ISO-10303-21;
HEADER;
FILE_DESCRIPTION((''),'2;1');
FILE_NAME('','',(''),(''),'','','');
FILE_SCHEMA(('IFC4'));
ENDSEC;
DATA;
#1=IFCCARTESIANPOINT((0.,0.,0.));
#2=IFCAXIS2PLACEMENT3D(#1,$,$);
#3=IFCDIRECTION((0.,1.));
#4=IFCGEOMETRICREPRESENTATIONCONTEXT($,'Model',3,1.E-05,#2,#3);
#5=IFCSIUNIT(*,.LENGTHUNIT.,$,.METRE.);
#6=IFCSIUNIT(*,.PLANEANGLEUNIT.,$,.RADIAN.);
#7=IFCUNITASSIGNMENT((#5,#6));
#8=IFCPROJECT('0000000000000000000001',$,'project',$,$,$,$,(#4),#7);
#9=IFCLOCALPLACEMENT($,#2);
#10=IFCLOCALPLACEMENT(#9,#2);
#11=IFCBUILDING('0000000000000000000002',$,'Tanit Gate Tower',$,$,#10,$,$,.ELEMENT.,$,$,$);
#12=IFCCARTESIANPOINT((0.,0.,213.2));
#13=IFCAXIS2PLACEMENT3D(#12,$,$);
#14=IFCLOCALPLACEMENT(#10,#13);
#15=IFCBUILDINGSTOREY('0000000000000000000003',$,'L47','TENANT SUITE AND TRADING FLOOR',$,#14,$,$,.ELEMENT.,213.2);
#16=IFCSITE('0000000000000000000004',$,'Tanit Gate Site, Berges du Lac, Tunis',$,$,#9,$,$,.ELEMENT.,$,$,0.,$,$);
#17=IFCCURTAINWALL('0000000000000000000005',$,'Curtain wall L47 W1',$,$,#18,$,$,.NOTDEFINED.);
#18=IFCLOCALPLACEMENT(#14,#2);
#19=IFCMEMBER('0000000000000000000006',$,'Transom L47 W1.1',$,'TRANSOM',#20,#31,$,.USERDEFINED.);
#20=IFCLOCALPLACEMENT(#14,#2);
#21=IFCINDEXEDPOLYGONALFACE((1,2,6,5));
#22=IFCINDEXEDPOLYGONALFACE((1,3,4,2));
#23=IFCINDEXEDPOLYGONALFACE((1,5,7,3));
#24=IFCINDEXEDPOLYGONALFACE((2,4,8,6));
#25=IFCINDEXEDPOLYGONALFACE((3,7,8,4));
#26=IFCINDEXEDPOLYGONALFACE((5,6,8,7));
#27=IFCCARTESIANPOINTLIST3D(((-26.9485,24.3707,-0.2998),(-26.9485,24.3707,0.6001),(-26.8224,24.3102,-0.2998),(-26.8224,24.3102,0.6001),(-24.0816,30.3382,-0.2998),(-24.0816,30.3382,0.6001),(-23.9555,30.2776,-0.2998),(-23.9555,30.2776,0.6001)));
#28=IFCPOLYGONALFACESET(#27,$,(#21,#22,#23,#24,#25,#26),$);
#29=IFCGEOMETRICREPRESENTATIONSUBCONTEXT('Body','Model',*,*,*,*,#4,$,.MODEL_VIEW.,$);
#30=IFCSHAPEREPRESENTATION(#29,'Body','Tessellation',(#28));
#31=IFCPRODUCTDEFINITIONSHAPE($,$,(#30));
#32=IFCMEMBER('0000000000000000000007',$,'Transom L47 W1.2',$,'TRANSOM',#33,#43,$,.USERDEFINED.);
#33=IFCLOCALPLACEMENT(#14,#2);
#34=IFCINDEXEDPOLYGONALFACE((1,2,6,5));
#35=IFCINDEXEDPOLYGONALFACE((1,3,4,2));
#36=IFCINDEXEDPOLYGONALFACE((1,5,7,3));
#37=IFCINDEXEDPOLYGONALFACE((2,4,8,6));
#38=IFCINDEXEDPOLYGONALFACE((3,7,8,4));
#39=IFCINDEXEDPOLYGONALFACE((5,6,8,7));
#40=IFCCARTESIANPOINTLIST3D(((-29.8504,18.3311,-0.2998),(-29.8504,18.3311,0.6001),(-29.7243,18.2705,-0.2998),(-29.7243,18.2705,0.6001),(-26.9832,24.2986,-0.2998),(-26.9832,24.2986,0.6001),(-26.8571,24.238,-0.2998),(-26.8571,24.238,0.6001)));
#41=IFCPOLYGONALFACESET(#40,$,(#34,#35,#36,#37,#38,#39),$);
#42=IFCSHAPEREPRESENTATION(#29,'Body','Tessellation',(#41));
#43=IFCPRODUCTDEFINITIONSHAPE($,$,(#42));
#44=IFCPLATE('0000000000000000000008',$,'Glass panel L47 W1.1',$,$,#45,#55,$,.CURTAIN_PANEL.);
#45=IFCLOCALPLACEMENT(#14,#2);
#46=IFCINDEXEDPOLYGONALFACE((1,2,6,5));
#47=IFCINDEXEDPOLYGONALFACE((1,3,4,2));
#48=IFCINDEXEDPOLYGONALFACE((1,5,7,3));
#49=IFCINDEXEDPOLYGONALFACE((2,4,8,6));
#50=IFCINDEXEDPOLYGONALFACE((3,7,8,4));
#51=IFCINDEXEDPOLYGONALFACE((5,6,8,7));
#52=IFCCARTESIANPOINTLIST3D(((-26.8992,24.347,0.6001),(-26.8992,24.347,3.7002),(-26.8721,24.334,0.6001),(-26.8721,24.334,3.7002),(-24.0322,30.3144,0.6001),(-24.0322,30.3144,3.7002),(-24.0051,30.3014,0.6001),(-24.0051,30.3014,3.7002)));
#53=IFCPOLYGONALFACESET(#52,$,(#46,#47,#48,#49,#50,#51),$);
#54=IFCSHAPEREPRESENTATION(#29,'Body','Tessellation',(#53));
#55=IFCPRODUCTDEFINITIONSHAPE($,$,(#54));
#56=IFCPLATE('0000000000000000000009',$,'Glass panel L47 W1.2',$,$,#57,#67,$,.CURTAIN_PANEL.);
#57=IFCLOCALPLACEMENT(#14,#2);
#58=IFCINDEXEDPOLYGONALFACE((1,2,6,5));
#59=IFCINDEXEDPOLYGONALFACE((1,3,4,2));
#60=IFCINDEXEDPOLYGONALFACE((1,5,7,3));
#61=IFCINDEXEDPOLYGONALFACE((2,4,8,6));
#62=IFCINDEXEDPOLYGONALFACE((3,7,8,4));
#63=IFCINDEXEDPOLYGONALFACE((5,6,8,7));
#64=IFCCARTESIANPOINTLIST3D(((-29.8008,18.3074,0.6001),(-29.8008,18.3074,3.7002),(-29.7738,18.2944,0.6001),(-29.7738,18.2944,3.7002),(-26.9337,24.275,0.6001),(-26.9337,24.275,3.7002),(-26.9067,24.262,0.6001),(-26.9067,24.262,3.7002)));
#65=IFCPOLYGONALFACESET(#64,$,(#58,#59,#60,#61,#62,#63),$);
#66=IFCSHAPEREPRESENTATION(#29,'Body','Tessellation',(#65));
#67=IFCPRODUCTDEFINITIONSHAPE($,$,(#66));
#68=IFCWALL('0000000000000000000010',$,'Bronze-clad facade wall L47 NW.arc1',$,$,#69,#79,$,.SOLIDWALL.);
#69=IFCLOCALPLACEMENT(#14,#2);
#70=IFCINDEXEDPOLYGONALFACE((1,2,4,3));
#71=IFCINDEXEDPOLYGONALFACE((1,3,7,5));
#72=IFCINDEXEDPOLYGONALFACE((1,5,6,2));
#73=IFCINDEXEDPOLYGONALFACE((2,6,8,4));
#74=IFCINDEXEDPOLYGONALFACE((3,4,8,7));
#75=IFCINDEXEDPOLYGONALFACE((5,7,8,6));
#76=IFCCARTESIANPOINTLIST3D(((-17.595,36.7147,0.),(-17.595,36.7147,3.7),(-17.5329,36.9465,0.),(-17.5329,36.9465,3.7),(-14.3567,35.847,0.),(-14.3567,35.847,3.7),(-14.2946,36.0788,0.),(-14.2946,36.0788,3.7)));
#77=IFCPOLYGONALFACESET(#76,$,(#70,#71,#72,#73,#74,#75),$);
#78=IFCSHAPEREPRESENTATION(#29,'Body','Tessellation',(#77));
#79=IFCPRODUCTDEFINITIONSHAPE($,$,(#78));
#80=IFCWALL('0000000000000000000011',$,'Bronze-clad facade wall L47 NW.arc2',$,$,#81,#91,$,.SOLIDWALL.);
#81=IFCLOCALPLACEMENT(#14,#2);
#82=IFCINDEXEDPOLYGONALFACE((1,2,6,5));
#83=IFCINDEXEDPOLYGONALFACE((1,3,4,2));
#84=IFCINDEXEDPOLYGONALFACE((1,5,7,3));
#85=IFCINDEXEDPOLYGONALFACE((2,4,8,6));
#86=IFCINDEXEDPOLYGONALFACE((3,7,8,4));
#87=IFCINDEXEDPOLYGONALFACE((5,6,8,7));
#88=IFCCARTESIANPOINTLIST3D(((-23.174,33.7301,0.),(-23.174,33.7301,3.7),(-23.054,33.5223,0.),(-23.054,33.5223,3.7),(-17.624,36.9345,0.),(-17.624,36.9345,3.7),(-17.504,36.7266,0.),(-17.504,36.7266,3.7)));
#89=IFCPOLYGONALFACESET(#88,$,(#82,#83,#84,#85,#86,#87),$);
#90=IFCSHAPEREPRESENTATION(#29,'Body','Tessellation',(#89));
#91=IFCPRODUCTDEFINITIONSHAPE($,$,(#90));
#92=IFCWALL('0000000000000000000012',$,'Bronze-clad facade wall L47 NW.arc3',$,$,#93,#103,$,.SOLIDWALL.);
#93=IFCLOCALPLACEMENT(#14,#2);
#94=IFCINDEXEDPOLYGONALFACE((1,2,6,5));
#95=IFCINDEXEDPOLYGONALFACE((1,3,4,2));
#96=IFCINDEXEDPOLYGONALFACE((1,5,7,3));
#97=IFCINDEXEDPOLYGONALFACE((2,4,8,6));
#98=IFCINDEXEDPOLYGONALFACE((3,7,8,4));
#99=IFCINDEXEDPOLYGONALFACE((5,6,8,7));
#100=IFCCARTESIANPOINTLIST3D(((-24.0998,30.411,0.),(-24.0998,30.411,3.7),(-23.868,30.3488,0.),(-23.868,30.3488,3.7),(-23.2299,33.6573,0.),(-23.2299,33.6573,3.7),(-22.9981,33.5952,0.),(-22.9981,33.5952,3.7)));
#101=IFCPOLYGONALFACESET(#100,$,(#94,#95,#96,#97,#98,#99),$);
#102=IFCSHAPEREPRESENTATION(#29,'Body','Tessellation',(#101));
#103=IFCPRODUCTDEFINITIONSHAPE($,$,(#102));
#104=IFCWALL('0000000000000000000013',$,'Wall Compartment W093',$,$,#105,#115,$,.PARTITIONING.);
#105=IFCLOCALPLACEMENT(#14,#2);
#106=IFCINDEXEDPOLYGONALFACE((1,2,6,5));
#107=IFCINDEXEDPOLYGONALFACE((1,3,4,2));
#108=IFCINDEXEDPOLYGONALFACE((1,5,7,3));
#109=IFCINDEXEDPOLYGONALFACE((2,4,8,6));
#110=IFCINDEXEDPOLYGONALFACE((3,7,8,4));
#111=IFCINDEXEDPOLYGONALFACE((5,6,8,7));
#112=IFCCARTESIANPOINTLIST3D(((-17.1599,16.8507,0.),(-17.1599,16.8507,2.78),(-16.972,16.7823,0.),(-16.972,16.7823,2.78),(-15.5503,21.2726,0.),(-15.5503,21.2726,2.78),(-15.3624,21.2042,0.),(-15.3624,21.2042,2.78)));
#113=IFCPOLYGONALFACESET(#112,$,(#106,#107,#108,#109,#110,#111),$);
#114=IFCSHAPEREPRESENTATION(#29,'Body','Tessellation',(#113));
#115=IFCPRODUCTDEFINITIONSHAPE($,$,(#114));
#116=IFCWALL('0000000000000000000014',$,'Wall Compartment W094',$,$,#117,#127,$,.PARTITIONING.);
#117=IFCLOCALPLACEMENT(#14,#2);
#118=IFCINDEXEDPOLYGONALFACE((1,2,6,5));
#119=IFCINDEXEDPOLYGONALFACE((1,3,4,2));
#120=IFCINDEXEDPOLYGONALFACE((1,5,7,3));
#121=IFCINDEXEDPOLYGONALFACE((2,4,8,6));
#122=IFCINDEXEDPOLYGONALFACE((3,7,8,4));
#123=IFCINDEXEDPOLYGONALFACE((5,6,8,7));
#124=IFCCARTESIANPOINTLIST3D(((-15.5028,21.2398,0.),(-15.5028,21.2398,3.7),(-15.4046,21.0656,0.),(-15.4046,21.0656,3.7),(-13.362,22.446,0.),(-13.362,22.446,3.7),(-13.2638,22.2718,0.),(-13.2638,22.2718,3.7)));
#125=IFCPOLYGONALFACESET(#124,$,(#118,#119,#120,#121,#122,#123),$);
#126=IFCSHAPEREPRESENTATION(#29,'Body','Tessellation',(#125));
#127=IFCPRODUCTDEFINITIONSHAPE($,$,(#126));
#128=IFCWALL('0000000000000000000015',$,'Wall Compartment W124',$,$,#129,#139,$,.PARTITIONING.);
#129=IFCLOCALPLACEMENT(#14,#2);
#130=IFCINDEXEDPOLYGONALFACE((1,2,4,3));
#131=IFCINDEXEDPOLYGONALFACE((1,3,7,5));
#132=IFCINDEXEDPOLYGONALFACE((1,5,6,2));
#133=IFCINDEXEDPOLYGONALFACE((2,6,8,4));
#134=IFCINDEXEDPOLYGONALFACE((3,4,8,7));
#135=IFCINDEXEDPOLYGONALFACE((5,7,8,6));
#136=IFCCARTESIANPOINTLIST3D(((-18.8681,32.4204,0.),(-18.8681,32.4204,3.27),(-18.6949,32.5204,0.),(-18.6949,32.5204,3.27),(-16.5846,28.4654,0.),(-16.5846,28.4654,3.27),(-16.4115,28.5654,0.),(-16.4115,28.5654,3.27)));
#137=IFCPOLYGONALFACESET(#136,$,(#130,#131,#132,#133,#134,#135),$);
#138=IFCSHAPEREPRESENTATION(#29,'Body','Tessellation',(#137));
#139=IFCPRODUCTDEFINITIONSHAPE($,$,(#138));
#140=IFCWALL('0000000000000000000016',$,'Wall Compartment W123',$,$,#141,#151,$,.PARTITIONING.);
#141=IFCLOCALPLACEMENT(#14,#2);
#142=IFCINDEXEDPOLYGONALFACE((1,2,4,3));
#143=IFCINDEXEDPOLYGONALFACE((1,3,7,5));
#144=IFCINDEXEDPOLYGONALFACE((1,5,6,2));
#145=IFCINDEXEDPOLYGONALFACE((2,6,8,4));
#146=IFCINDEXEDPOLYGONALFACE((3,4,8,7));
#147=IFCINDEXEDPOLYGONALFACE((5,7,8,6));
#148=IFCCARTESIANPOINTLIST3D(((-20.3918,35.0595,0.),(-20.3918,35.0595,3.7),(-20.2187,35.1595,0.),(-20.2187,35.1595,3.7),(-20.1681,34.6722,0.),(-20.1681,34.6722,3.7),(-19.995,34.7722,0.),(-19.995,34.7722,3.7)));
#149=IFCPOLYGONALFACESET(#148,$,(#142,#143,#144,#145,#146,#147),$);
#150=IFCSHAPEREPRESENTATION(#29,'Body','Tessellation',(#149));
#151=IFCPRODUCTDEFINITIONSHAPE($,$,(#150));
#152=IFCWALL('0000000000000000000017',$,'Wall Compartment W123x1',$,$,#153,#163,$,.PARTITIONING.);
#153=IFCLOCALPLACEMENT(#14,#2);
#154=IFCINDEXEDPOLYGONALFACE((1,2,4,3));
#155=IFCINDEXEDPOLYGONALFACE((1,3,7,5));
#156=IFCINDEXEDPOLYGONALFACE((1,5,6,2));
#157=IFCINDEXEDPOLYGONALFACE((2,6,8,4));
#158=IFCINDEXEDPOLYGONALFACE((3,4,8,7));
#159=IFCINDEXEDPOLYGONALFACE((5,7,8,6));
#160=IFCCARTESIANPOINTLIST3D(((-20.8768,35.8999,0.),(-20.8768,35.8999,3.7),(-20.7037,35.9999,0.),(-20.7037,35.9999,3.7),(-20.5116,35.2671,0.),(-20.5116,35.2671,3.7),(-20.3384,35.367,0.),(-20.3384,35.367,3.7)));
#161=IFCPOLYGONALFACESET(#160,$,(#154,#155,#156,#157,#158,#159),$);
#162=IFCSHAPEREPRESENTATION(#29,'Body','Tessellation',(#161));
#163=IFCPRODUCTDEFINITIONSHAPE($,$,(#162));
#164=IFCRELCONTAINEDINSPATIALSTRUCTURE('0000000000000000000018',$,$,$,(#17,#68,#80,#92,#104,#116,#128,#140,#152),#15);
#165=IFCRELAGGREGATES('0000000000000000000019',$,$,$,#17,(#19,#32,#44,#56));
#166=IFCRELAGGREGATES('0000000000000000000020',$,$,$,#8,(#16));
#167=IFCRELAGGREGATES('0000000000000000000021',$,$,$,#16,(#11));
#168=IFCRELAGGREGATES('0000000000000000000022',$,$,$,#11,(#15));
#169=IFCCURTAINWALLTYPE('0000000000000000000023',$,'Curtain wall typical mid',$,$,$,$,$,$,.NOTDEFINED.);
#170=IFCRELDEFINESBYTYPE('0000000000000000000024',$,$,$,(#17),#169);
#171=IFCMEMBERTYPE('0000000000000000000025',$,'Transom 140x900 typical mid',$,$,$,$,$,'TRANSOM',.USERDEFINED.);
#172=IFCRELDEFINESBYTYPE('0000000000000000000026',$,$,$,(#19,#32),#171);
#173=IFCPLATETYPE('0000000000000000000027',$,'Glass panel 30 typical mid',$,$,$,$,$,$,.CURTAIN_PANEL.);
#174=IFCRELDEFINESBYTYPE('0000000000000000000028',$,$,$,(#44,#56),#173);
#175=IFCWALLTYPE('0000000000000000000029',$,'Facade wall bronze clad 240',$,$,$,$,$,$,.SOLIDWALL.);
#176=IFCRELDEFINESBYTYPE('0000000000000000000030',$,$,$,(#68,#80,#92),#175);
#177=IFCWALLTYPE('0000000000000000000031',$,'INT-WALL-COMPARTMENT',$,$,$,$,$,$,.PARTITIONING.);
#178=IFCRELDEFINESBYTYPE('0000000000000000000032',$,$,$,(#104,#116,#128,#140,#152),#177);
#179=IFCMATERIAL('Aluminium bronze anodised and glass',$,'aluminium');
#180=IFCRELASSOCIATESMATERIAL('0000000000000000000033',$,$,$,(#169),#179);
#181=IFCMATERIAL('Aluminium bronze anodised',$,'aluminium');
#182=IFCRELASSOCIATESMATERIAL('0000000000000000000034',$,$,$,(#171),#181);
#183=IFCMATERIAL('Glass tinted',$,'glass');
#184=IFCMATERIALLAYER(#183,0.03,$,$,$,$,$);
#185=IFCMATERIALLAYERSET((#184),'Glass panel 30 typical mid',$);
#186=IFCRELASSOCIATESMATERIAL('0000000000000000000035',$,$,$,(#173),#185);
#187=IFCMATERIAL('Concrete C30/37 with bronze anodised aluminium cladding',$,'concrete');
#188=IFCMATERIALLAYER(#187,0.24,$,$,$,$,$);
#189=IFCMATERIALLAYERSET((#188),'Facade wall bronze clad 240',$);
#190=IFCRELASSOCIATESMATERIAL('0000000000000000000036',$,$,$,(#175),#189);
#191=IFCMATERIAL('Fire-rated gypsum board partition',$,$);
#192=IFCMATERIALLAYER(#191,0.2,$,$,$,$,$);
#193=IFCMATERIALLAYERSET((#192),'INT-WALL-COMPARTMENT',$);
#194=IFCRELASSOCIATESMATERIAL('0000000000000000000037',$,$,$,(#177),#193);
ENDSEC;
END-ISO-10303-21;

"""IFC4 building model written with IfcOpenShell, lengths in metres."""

from ifc_helpers import new_model, si_unit, direction, frame, frame_2d, origin, origin_2d, place, context, subcontext, project, spatial, rectangle, extrude, material, layer, layer_set, material_profile, profile_set, type_object, element, aggregate, save


model = new_model("IFC4")

# Units and contexts
model_context = context("Model", 3, precision=1e-05, world=origin(), true_north=direction((0.0, 1.0)))
body_context = subcontext(model_context, "Body", "Model", "MODEL_VIEW")
ifc_project = project(units=[si_unit("LENGTHUNIT", "METRE"), si_unit("PLANEANGLEUNIT", "RADIAN")], contexts=[model_context])

# Site, building, storey
site_placement = place(None, origin())
site = spatial("IfcSite", under=ifc_project, at=site_placement, Name="Tanit Gate Site, Berges du Lac, Tunis", CompositionType="ELEMENT", RefElevation=0.0)
building_placement = place(site_placement, origin())
building = spatial("IfcBuilding", under=site, at=building_placement, Name="Tanit Gate Tower", CompositionType="ELEMENT")
storey_placement = place(building_placement, frame((0.0, 0.0, 213.2)))
storey = spatial("IfcBuildingStorey", under=building, at=storey_placement, Name="L47", Description="TENANT SUITE AND TRADING FLOOR", CompositionType="ELEMENT", Elevation=213.2)

# Curtain wall
ifc_material_1 = material(Name="Aluminium bronze anodised and glass", Category="aluminium")
curtain_wall_type = type_object("IfcCurtainWallType", Name="Curtain wall typical mid", PredefinedType="NOTDEFINED", material=ifc_material_1)
curtain_wall_1_placement = place(storey_placement, origin())
curtain_wall_1 = element("IfcCurtainWall", 1, at=curtain_wall_1_placement, inside=storey, type_object=curtain_wall_type, Name="Curtain wall L47 W1", PredefinedType="NOTDEFINED")

# Members
ifc_material_2 = material(Name="Aluminium bronze anodised", Category="aluminium")
ifc_material_profile_1 = material_profile(ifc_material_2, rectangle(XDim=0.1399, YDim=0.8999, at=origin_2d()), Name="140x900 bronze transom")
ifc_profile_set_1 = profile_set([ifc_material_profile_1], Name="Aluminium bronze anodised")
member_type_1 = type_object("IfcMemberType", Name="Transom 140x900 typical mid", ElementType="TRANSOM", PredefinedType="USERDEFINED", material=ifc_profile_set_1)
member_1_placement = place(storey_placement, frame((-24.0186, 30.3079, 0.1501), z_axis=(-0.433042, -0.901374, 0.0), x_axis=(0.901374, -0.433042, 0.0)))
member_1 = element("IfcMember", 2, at=member_1_placement, type_object=member_type_1, Name="Transom L47 W1.1", ObjectType="TRANSOM", PredefinedType="USERDEFINED", context=body_context, shape_type="SweptSolid", body=[
    extrude(rectangle(XDim=0.1399, YDim=0.8999, at=origin_2d()), origin(), (0.0, 0.0, 1.0), 6.6204),
])
member_2_placement = place(storey_placement, frame((-26.9202, 24.2683, 0.1501), z_axis=(-0.433072, -0.90136, 0.0), x_axis=(0.90136, -0.433072, 0.0)))
member_2 = element("IfcMember", 3, at=member_2_placement, type_object=member_type_1, Name="Transom L47 W1.2", ObjectType="TRANSOM", PredefinedType="USERDEFINED", context=body_context, shape_type="SweptSolid", body=[
    extrude(rectangle(XDim=0.1399, YDim=0.8999, at=origin_2d()), origin(), (0.0, 0.0, 1.0), 6.6206),
])

# Plates
ifc_material_3 = material(Name="Glass tinted", Category="glass")
ifc_layer_1 = layer(ifc_material_3, 0.03)
ifc_layer_set_1 = layer_set([ifc_layer_1], Name="Glass panel 30 typical mid")
plate_type = type_object("IfcPlateType", Name="Glass panel 30 typical mid", PredefinedType="CURTAIN_PANEL", material=ifc_layer_set_1)
plate_1_placement = place(storey_placement, frame((-25.4521, 27.3242, 0.6001), z_axis=(0.0, 0.0, 1.0), x_axis=(-0.433057, -0.901367, 0.0)))
plate_1 = element("IfcPlate", 4, at=plate_1_placement, type_object=plate_type, Name="Glass panel L47 W1.1", PredefinedType="CURTAIN_PANEL", context=body_context, shape_type="SweptSolid", body=[
    extrude(rectangle(XDim=6.6204, YDim=0.03, at=origin_2d()), origin(), (0.0, 0.0, 1.0), 3.1001),
])
plate_2_placement = place(storey_placement, frame((-28.3538, 21.2847, 0.6001), z_axis=(0.0, 0.0, 1.0), x_axis=(-0.433057, -0.901367, 0.0)))
plate_2 = element("IfcPlate", 5, at=plate_2_placement, type_object=plate_type, Name="Glass panel L47 W1.2", PredefinedType="CURTAIN_PANEL", context=body_context, shape_type="SweptSolid", body=[
    extrude(rectangle(XDim=6.6206, YDim=0.03, at=origin_2d()), origin(), (0.0, 0.0, 1.0), 3.1001),
])
aggregate(curtain_wall_1, [member_1, member_2, plate_1, plate_2])

# Walls
ifc_material_4 = material(Name="Concrete C30/37 with bronze anodised aluminium cladding", Category="concrete")
ifc_layer_2 = layer(ifc_material_4, 0.24)
ifc_layer_set_2 = layer_set([ifc_layer_2], Name="Facade wall bronze clad 240")
wall_type_1 = type_object("IfcWallType", Name="Facade wall bronze clad 240", PredefinedType="SOLIDWALL", material=ifc_layer_set_2)
wall_1_placement = place(storey_placement, frame((-14.3257, 35.9629, 0.0), z_axis=(0.0, 0.0, 1.0), x_axis=(-0.965927, 0.258814, 0.0)))
element("IfcWall", 6, at=wall_1_placement, inside=storey, type_object=wall_type_1, Name="Bronze-clad facade wall L47 NW.arc1", PredefinedType="SOLIDWALL", context=body_context, shape_type="SweptSolid", body=[
    extrude(rectangle(XDim=3.3525, YDim=0.24, at=frame_2d((1.6763, 0.0))), origin(), (0.0, 0.0, 1.0), 3.7),
])
wall_2_placement = place(storey_placement, frame((-17.564, 36.8306, 0.0), z_axis=(0.0, 0.0, 1.0), x_axis=(-0.866024, -0.500003, 0.0)))
element("IfcWall", 7, at=wall_2_placement, inside=storey, type_object=wall_type_1, Name="Bronze-clad facade wall L47 NW.arc2", PredefinedType="SOLIDWALL", context=body_context, shape_type="SweptSolid", body=[
    extrude(rectangle(XDim=6.4087, YDim=0.24, at=frame_2d((3.2043, 0.0))), origin(), (0.0, 0.0, 1.0), 3.7),
])
wall_3_placement = place(storey_placement, frame((-23.114, 33.6262, 0.0), z_axis=(0.0, 0.0, 1.0), x_axis=(-0.258824, -0.965924, 0.0)))
element("IfcWall", 8, at=wall_3_placement, inside=storey, type_object=wall_type_1, Name="Bronze-clad facade wall L47 NW.arc3", PredefinedType="SOLIDWALL", context=body_context, shape_type="SweptSolid", body=[
    extrude(rectangle(XDim=3.3608, YDim=0.24, at=frame_2d((1.6804, 0.0))), origin(), (0.0, 0.0, 1.0), 3.7),
])
ifc_material_5 = material(Name="Fire-rated gypsum board partition")
ifc_layer_3 = layer(ifc_material_5, 0.2)
ifc_layer_set_3 = layer_set([ifc_layer_3], Name="INT-WALL-COMPARTMENT")
wall_type_2 = type_object("IfcWallType", Name="INT-WALL-COMPARTMENT", PredefinedType="PARTITIONING", material=ifc_layer_set_3)
wall_4_placement = place(storey_placement, frame((-15.4563, 21.2385, 0.0), z_axis=(0.0, 0.0, 1.0), x_axis=(-0.342055, -0.93968, 0.0)))
element("IfcWall", 9, at=wall_4_placement, inside=storey, type_object=wall_type_2, Name="Wall Compartment W093", PredefinedType="PARTITIONING", context=body_context, shape_type="SweptSolid", body=[
    extrude(rectangle(XDim=4.7058, YDim=0.2, at=frame_2d((2.353, 0.0))), origin(), (0.0, 0.0, 1.0), 2.78),
])
wall_5_placement = place(storey_placement, frame((-13.313, 22.3589, 0.0), z_axis=(0.0, 0.0, 1.0), x_axis=(-0.871217, -0.490898, 0.0)))
element("IfcWall", 10, at=wall_5_placement, inside=storey, type_object=wall_type_2, Name="Wall Compartment W094", PredefinedType="PARTITIONING", context=body_context, shape_type="SweptSolid", body=[
    extrude(rectangle(XDim=2.4573, YDim=0.2, at=frame_2d((1.2285, 0.0))), origin(), (0.0, 0.0, 1.0), 3.7),
])
wall_6_placement = place(storey_placement, frame((-16.498, 28.5154, 0.0), z_axis=(0.0, 0.0, 1.0), x_axis=(-0.499997, 0.866027, 0.0)))
element("IfcWall", 11, at=wall_6_placement, inside=storey, type_object=wall_type_2, Name="Wall Compartment W124", PredefinedType="PARTITIONING", context=body_context, shape_type="SweptSolid", body=[
    extrude(rectangle(XDim=4.5669, YDim=0.2, at=frame_2d((2.2834, 0.0))), origin(), (0.0, 0.0, 1.0), 3.27),
])
wall_7_placement = place(storey_placement, frame((-20.0815, 34.7222, 0.0), z_axis=(0.0, 0.0, 1.0), x_axis=(-0.500132, 0.865949, 0.0)))
element("IfcWall", 12, at=wall_7_placement, inside=storey, type_object=wall_type_2, Name="Wall Compartment W123", PredefinedType="PARTITIONING", context=body_context, shape_type="SweptSolid", body=[
    extrude(rectangle(XDim=0.4473, YDim=0.2, at=frame_2d((0.2236, 0.0))), origin(), (0.0, 0.0, 1.0), 3.7),
])
wall_8_placement = place(storey_placement, frame((-20.425, 35.3171, 0.0), z_axis=(0.0, 0.0, 1.0), x_axis=(-0.499877, 0.866097, 0.0)))
element("IfcWall", 13, at=wall_8_placement, inside=storey, type_object=wall_type_2, Name="Wall Compartment W123x1", PredefinedType="PARTITIONING", context=body_context, shape_type="SweptSolid", body=[
    extrude(rectangle(XDim=0.7307, YDim=0.2, at=frame_2d((0.3652, 0.0))), origin(), (0.0, 0.0, 1.0), 3.7),
])

save(model, "model.ifc")
